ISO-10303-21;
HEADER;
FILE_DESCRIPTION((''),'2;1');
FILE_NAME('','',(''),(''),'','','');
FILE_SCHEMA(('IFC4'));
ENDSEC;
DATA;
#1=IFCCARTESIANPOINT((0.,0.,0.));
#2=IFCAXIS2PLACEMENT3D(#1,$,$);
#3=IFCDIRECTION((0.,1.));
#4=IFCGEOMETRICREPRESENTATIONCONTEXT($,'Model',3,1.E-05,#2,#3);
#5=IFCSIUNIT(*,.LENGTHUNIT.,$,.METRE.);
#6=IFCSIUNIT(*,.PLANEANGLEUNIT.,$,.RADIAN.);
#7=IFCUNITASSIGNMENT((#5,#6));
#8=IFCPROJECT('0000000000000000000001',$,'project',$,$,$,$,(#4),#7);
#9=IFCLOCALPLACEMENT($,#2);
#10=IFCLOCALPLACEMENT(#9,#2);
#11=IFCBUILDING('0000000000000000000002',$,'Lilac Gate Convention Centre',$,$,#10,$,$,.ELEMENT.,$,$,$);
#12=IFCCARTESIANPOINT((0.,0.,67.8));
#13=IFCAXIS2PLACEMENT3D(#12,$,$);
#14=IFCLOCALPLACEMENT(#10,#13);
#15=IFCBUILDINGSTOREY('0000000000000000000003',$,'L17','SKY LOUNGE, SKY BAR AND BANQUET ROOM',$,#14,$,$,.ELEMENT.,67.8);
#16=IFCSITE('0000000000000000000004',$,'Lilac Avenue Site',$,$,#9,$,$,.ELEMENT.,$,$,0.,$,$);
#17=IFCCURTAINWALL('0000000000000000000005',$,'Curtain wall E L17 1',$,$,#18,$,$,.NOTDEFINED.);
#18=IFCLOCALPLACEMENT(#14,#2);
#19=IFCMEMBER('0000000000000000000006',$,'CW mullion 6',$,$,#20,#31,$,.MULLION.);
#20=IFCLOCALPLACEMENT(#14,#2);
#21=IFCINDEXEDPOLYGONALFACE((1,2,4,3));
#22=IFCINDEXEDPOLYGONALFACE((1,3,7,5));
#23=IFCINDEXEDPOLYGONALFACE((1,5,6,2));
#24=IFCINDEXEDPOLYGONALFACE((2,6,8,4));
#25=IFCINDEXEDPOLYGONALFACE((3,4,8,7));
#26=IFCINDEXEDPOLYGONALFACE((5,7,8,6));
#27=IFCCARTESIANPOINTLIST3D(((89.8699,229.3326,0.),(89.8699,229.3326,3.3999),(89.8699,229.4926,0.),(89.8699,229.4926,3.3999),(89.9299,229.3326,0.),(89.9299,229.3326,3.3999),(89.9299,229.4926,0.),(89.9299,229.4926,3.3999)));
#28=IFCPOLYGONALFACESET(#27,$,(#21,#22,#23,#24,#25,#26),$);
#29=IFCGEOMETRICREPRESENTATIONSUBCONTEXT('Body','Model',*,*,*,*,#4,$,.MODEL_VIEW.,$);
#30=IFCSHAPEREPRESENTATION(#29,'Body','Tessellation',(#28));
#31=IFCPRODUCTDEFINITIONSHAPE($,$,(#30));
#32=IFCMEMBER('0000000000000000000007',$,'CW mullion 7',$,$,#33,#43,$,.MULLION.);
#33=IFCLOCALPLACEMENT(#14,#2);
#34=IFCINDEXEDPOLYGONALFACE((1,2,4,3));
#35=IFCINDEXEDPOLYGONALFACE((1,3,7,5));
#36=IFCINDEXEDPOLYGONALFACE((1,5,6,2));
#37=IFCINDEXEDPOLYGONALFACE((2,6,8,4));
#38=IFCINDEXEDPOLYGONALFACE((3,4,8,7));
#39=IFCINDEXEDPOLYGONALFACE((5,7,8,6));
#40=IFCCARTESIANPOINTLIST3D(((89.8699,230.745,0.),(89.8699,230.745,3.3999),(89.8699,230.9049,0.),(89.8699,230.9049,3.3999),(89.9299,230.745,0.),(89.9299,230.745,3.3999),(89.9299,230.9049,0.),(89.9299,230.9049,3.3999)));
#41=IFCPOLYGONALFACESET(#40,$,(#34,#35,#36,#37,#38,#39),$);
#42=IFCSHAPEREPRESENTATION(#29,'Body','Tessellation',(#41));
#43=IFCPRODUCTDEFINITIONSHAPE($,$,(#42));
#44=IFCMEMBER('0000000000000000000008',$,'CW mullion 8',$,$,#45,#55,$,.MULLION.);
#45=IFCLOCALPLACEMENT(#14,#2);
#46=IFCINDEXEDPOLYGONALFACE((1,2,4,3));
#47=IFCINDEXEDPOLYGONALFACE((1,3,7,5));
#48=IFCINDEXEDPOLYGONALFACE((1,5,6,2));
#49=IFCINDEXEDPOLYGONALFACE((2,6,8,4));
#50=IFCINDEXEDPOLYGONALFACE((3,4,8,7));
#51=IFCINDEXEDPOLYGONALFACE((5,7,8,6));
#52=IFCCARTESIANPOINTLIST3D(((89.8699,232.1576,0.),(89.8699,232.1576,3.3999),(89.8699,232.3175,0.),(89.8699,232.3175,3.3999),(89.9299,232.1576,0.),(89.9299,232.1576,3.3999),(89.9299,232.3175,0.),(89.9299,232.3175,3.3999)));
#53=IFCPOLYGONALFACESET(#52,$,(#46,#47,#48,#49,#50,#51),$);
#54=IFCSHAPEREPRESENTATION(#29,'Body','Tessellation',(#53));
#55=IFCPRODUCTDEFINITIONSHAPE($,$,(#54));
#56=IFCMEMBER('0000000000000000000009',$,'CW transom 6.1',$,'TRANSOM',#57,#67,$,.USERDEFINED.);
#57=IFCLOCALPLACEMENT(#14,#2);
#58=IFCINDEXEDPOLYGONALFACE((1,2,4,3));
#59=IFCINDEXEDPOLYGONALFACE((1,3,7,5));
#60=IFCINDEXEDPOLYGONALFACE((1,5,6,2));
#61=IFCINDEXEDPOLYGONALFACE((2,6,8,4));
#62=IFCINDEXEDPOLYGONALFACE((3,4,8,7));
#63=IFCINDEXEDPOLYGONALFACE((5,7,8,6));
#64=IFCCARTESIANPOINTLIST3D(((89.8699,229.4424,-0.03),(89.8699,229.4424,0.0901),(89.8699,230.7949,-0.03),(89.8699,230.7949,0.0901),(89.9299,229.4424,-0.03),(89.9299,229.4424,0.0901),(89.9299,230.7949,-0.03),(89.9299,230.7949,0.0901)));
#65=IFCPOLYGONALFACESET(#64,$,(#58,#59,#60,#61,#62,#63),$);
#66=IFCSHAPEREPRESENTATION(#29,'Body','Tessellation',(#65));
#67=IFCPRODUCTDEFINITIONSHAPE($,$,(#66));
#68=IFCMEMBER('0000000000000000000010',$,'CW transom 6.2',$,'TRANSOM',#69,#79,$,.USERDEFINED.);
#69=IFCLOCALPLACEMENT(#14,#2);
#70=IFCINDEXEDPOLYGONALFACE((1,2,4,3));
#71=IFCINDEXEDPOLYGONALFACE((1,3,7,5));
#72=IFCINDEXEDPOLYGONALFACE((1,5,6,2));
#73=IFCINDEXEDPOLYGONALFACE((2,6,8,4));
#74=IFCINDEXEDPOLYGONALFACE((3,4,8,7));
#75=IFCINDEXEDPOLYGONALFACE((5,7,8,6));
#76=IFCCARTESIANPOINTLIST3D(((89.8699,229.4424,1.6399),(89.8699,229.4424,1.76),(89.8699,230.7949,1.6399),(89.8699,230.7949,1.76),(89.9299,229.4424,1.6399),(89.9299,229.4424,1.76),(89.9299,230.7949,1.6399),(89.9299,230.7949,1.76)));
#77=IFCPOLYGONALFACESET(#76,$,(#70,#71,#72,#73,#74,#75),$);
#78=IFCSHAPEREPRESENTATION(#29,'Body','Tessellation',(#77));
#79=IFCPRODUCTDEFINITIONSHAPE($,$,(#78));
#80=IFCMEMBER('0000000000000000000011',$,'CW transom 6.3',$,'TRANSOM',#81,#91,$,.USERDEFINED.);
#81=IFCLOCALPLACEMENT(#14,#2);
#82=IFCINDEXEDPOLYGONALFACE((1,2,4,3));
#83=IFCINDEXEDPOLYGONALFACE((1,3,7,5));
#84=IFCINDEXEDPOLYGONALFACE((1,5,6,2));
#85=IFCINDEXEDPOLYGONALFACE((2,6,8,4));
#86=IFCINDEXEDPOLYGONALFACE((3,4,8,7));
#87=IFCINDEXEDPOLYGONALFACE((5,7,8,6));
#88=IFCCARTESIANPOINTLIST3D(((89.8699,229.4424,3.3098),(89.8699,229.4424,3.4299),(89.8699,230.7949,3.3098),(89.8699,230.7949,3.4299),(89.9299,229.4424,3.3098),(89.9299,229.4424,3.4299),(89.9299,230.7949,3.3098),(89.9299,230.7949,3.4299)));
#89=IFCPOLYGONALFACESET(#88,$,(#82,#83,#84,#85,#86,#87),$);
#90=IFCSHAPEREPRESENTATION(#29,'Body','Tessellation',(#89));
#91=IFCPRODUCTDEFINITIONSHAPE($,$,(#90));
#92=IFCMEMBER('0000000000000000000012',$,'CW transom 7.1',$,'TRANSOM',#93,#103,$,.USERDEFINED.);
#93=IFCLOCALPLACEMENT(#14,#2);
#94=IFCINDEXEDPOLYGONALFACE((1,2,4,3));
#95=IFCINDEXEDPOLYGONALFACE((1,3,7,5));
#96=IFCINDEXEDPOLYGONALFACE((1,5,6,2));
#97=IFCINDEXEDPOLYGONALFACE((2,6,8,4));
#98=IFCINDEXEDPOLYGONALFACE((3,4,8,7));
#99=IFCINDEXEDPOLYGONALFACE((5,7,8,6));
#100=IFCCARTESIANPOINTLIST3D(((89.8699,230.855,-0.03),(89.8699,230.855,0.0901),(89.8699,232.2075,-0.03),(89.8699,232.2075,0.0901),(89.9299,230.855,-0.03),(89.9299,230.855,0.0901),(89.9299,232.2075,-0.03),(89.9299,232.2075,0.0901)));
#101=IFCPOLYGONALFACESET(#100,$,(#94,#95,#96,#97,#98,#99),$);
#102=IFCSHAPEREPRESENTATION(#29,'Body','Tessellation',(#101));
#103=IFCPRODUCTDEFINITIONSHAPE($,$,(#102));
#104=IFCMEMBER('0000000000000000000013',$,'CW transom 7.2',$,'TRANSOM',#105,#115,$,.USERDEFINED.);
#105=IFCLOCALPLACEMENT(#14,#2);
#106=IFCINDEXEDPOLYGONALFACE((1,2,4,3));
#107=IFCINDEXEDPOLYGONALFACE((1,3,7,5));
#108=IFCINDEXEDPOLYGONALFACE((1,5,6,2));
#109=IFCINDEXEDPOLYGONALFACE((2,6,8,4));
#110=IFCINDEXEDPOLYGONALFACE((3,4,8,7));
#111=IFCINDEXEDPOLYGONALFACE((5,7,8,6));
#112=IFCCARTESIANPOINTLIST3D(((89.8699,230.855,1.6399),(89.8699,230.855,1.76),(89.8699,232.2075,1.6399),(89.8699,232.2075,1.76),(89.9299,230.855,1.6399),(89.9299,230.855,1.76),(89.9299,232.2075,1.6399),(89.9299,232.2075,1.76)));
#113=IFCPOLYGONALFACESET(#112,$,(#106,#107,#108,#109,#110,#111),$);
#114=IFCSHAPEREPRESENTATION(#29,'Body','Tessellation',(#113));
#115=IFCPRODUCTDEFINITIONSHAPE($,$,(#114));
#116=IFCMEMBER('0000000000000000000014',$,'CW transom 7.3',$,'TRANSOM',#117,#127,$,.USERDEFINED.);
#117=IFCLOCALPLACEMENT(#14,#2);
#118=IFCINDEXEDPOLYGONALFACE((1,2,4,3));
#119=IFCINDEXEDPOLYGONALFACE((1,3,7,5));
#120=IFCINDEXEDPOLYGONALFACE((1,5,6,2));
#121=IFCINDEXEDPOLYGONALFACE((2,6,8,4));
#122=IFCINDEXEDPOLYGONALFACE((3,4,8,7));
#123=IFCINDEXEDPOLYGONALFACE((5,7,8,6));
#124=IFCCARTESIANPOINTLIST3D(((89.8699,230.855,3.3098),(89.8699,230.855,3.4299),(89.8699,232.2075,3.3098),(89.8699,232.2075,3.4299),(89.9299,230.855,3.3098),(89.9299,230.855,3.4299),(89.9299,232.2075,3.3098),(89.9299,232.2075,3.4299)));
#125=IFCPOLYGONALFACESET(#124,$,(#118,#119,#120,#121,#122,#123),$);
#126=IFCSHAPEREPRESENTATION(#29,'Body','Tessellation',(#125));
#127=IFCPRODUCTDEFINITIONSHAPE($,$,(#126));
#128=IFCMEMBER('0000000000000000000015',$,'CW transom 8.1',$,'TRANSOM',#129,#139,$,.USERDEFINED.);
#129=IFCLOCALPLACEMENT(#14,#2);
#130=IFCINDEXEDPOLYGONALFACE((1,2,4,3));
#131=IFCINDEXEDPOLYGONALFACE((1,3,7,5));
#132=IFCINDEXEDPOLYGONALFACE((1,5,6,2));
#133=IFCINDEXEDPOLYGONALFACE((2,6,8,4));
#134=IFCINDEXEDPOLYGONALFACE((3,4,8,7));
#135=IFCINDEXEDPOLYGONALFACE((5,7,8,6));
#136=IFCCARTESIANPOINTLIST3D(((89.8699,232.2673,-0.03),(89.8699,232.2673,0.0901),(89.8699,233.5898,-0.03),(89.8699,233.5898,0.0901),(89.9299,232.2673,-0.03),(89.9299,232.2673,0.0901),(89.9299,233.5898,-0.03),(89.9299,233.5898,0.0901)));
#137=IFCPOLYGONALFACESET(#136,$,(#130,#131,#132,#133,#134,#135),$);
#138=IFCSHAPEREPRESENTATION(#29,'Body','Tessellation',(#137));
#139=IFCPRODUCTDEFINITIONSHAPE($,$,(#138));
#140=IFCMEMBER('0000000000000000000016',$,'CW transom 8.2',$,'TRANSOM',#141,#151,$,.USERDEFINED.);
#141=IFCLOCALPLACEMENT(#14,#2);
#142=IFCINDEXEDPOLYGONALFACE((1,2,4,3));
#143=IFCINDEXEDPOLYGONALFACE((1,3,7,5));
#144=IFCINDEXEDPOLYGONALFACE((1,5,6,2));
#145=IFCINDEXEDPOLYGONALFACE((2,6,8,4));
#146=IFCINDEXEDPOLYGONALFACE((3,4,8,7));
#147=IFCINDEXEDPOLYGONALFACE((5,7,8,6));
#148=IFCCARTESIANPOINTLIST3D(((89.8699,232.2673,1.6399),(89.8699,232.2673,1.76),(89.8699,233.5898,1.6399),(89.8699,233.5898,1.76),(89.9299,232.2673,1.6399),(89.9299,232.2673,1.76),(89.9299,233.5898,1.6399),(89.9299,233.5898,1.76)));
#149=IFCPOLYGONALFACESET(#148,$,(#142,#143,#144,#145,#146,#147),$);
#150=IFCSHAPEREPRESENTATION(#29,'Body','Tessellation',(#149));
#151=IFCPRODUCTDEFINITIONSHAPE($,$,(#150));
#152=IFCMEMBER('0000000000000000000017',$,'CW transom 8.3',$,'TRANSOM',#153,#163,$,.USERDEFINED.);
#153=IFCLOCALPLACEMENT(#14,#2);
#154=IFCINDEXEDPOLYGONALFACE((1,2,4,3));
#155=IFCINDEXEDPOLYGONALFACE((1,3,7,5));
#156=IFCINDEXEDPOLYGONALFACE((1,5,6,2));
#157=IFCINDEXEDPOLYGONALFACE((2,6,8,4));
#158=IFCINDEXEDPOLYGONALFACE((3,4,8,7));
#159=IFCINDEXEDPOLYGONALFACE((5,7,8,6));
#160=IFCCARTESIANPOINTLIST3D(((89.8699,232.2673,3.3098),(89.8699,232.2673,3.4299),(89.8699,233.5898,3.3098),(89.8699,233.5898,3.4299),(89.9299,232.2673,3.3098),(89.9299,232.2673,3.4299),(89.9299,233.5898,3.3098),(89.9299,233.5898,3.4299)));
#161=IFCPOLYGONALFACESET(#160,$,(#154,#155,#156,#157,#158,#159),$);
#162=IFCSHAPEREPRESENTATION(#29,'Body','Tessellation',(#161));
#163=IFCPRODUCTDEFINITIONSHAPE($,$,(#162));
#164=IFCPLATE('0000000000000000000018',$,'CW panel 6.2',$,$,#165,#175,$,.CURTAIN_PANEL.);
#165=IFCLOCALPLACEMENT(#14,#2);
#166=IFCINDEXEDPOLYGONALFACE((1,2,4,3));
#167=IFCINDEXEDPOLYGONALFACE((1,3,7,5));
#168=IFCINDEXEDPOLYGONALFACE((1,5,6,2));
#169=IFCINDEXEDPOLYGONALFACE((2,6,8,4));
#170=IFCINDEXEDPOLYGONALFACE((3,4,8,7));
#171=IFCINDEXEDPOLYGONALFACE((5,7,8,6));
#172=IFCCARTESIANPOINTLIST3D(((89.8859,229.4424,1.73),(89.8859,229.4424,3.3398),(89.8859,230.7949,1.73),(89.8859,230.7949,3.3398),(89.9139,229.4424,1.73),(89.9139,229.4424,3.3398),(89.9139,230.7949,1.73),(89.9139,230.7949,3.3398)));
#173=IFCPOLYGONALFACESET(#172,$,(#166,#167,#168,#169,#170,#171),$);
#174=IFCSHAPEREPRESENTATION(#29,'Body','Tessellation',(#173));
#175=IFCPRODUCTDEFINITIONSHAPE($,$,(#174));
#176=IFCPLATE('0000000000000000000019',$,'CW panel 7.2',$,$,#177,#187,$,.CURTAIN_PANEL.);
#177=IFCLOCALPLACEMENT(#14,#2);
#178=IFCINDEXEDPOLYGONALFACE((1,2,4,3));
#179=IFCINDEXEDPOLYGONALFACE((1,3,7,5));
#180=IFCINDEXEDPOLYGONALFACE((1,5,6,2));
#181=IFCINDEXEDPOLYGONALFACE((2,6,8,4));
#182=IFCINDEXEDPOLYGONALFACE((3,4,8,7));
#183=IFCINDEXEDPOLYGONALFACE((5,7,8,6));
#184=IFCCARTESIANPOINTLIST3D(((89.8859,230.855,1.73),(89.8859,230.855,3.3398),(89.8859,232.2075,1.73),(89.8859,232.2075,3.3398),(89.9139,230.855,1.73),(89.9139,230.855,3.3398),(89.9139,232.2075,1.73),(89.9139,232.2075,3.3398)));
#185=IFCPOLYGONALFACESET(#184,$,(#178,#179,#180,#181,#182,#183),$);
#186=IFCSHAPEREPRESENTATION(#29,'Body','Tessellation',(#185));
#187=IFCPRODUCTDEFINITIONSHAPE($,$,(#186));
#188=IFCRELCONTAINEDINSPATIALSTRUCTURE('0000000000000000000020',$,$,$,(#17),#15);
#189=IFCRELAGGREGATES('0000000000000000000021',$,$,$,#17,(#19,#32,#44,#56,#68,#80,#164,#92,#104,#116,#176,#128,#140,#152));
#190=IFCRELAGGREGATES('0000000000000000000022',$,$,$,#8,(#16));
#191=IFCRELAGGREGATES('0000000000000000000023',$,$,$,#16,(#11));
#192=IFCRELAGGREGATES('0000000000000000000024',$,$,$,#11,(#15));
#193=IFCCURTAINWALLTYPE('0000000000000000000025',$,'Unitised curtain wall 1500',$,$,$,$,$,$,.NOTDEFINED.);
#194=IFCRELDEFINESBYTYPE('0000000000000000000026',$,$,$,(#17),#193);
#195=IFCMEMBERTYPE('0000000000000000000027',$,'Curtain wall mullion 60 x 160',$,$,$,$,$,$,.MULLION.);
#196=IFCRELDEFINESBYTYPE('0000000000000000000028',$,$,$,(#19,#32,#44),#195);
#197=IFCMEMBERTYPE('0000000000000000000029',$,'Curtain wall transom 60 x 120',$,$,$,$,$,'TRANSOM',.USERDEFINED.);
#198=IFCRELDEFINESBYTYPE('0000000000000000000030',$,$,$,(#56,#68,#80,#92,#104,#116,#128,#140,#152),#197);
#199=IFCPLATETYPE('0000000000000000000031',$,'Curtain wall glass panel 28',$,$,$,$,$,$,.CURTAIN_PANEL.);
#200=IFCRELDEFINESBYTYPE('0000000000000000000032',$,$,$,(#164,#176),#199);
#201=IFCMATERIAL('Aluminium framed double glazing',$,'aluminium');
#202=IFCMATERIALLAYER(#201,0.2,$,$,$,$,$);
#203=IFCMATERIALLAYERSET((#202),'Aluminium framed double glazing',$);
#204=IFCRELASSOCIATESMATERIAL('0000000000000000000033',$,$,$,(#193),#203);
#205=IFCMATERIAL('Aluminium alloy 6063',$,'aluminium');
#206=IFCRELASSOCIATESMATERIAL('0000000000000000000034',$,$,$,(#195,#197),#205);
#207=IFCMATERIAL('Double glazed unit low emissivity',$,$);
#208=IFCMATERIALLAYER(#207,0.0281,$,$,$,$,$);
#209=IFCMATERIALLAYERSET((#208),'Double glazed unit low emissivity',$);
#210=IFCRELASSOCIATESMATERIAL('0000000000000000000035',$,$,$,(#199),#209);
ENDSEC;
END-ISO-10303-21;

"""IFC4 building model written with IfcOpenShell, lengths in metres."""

from ifc_helpers import new_model, si_unit, direction, frame, origin, origin_2d, place, context, subcontext, project, spatial, rectangle, extrude, material, layer, layer_set, material_profile, profile_set, type_object, element, aggregate, save


model = new_model("IFC4")

# Units and contexts
model_context = context("Model", 3, precision=1e-05, world=origin(), true_north=direction((0.0, 1.0)))
body_context = subcontext(model_context, "Body", "Model", "MODEL_VIEW")
ifc_project = project(units=[si_unit("LENGTHUNIT", "METRE"), si_unit("PLANEANGLEUNIT", "RADIAN")], contexts=[model_context])

# Site, building, storey
site_placement = place(None, origin())
site = spatial("IfcSite", under=ifc_project, at=site_placement, Name="Lilac Avenue Site", CompositionType="ELEMENT", RefElevation=0.0)
building_placement = place(site_placement, origin())
building = spatial("IfcBuilding", under=site, at=building_placement, Name="Lilac Gate Convention Centre", CompositionType="ELEMENT")
storey_placement = place(building_placement, frame((0.0, 0.0, 67.8)))
storey = spatial("IfcBuildingStorey", under=building, at=storey_placement, Name="L17", Description="SKY LOUNGE, SKY BAR AND BANQUET ROOM", CompositionType="ELEMENT", Elevation=67.8)

# Curtain wall, members, plates
ifc_material_1 = material(Name="Aluminium framed double glazing", Category="aluminium")
ifc_layer_1 = layer(ifc_material_1, 0.2)
ifc_layer_set_1 = layer_set([ifc_layer_1], Name="Aluminium framed double glazing")
curtain_wall_type = type_object("IfcCurtainWallType", Name="Unitised curtain wall 1500", PredefinedType="NOTDEFINED", material=ifc_layer_set_1)
curtain_wall_placement = place(storey_placement, origin())
curtain_wall = element("IfcCurtainWall", 1, at=curtain_wall_placement, inside=storey, type_object=curtain_wall_type, Name="Curtain wall E L17 1", PredefinedType="NOTDEFINED")
ifc_material_2 = material(Name="Aluminium alloy 6063", Category="aluminium")
ifc_material_profile_1 = material_profile(ifc_material_2, rectangle(XDim=0.0601, YDim=0.1599, at=origin_2d()), Name="Curtain wall mullion 60 x 160")
ifc_profile_set_1 = profile_set([ifc_material_profile_1], Name="Aluminium alloy 6063")
member_type_1 = type_object("IfcMemberType", Name="Curtain wall mullion 60 x 160", PredefinedType="MULLION", material=ifc_profile_set_1)
member_1_placement = place(storey_placement, frame((89.8999, 229.4126, 0.0), z_axis=(0.0, 0.0, 1.0), x_axis=(-1.0, 0.0, 0.0)))
member_1 = element("IfcMember", 2, at=member_1_placement, type_object=member_type_1, Name="CW mullion 6", PredefinedType="MULLION", context=body_context, shape_type="SweptSolid", body=[
    extrude(rectangle(XDim=0.0601, YDim=0.1599, at=origin_2d()), origin(), (0.0, 0.0, 1.0), 3.3999),
])
member_2_placement = place(storey_placement, frame((89.8999, 230.825, 0.0), z_axis=(0.0, 0.0, 1.0), x_axis=(-1.0, 0.0, 0.0)))
member_2 = element("IfcMember", 3, at=member_2_placement, type_object=member_type_1, Name="CW mullion 7", PredefinedType="MULLION", context=body_context, shape_type="SweptSolid", body=[
    extrude(rectangle(XDim=0.0601, YDim=0.1599, at=origin_2d()), origin(), (0.0, 0.0, 1.0), 3.3999),
])
member_3_placement = place(storey_placement, frame((89.8999, 232.2375, 0.0), z_axis=(0.0, 0.0, 1.0), x_axis=(-1.0, 0.0, 0.0)))
member_3 = element("IfcMember", 4, at=member_3_placement, type_object=member_type_1, Name="CW mullion 8", PredefinedType="MULLION", context=body_context, shape_type="SweptSolid", body=[
    extrude(rectangle(XDim=0.0601, YDim=0.1599, at=origin_2d()), origin(), (0.0, 0.0, 1.0), 3.3999),
])
ifc_material_profile_2 = material_profile(ifc_material_2, rectangle(XDim=0.0601, YDim=0.1201, at=origin_2d()), Name="Curtain wall transom 60 x 120")
ifc_profile_set_2 = profile_set([ifc_material_profile_2], Name="Aluminium alloy 6063")
member_type_2 = type_object("IfcMemberType", Name="Curtain wall transom 60 x 120", ElementType="TRANSOM", PredefinedType="USERDEFINED", material=ifc_profile_set_2)
member_4_placement = place(storey_placement, frame((89.8999, 229.4424, 0.03), z_axis=(0.0, 1.0, 0.0), x_axis=(-1.0, 0.0, 0.0)))
member_4 = element("IfcMember", 5, at=member_4_placement, type_object=member_type_2, Name="CW transom 6.1", ObjectType="TRANSOM", PredefinedType="USERDEFINED", context=body_context, shape_type="SweptSolid", body=[
    extrude(rectangle(XDim=0.0601, YDim=0.1201, at=origin_2d()), origin(), (0.0, 0.0, 1.0), 1.3525),
])
member_5_placement = place(storey_placement, frame((89.8999, 229.4424, 1.7), z_axis=(0.0, 1.0, 0.0), x_axis=(-1.0, 0.0, 0.0)))
member_5 = element("IfcMember", 6, at=member_5_placement, type_object=member_type_2, Name="CW transom 6.2", ObjectType="TRANSOM", PredefinedType="USERDEFINED", context=body_context, shape_type="SweptSolid", body=[
    extrude(rectangle(XDim=0.0601, YDim=0.1201, at=origin_2d()), origin(), (0.0, 0.0, 1.0), 1.3525),
])
member_6_placement = place(storey_placement, frame((89.8999, 229.4424, 3.3699), z_axis=(0.0, 1.0, 0.0), x_axis=(-1.0, 0.0, 0.0)))
member_6 = element("IfcMember", 7, at=member_6_placement, type_object=member_type_2, Name="CW transom 6.3", ObjectType="TRANSOM", PredefinedType="USERDEFINED", context=body_context, shape_type="SweptSolid", body=[
    extrude(rectangle(XDim=0.0601, YDim=0.1201, at=origin_2d()), origin(), (0.0, 0.0, 1.0), 1.3525),
])
member_7_placement = place(storey_placement, frame((89.8999, 230.855, 0.03), z_axis=(0.0, 1.0, 0.0), x_axis=(-1.0, 0.0, 0.0)))
member_7 = element("IfcMember", 8, at=member_7_placement, type_object=member_type_2, Name="CW transom 7.1", ObjectType="TRANSOM", PredefinedType="USERDEFINED", context=body_context, shape_type="SweptSolid", body=[
    extrude(rectangle(XDim=0.0601, YDim=0.1201, at=origin_2d()), origin(), (0.0, 0.0, 1.0), 1.3525),
])
member_8_placement = place(storey_placement, frame((89.8999, 230.855, 1.7), z_axis=(0.0, 1.0, 0.0), x_axis=(-1.0, 0.0, 0.0)))
member_8 = element("IfcMember", 9, at=member_8_placement, type_object=member_type_2, Name="CW transom 7.2", ObjectType="TRANSOM", PredefinedType="USERDEFINED", context=body_context, shape_type="SweptSolid", body=[
    extrude(rectangle(XDim=0.0601, YDim=0.1201, at=origin_2d()), origin(), (0.0, 0.0, 1.0), 1.3525),
])
member_9_placement = place(storey_placement, frame((89.8999, 230.855, 3.3699), z_axis=(0.0, 1.0, 0.0), x_axis=(-1.0, 0.0, 0.0)))
member_9 = element("IfcMember", 10, at=member_9_placement, type_object=member_type_2, Name="CW transom 7.3", ObjectType="TRANSOM", PredefinedType="USERDEFINED", context=body_context, shape_type="SweptSolid", body=[
    extrude(rectangle(XDim=0.0601, YDim=0.1201, at=origin_2d()), origin(), (0.0, 0.0, 1.0), 1.3525),
])
member_10_placement = place(storey_placement, frame((89.8999, 232.2673, 0.03), z_axis=(0.0, 1.0, 0.0), x_axis=(-1.0, 0.0, 0.0)))
member_10 = element("IfcMember", 11, at=member_10_placement, type_object=member_type_2, Name="CW transom 8.1", ObjectType="TRANSOM", PredefinedType="USERDEFINED", context=body_context, shape_type="SweptSolid", body=[
    extrude(rectangle(XDim=0.0601, YDim=0.1201, at=origin_2d()), origin(), (0.0, 0.0, 1.0), 1.3225),
])
member_11_placement = place(storey_placement, frame((89.8999, 232.2673, 1.7), z_axis=(0.0, 1.0, 0.0), x_axis=(-1.0, 0.0, 0.0)))
member_11 = element("IfcMember", 12, at=member_11_placement, type_object=member_type_2, Name="CW transom 8.2", ObjectType="TRANSOM", PredefinedType="USERDEFINED", context=body_context, shape_type="SweptSolid", body=[
    extrude(rectangle(XDim=0.0601, YDim=0.1201, at=origin_2d()), origin(), (0.0, 0.0, 1.0), 1.3225),
])
member_12_placement = place(storey_placement, frame((89.8999, 232.2673, 3.3699), z_axis=(0.0, 1.0, 0.0), x_axis=(-1.0, 0.0, 0.0)))
member_12 = element("IfcMember", 13, at=member_12_placement, type_object=member_type_2, Name="CW transom 8.3", ObjectType="TRANSOM", PredefinedType="USERDEFINED", context=body_context, shape_type="SweptSolid", body=[
    extrude(rectangle(XDim=0.0601, YDim=0.1201, at=origin_2d()), origin(), (0.0, 0.0, 1.0), 1.3225),
])
ifc_material_3 = material(Name="Double glazed unit low emissivity")
ifc_layer_2 = layer(ifc_material_3, 0.0281)
ifc_layer_set_2 = layer_set([ifc_layer_2], Name="Double glazed unit low emissivity")
plate_type_1 = type_object("IfcPlateType", Name="Curtain wall glass panel 28", PredefinedType="CURTAIN_PANEL", material=ifc_layer_set_2)
plate_1_placement = place(storey_placement, frame((89.8999, 230.1187, 1.73), z_axis=(0.0, 0.0, 1.0), x_axis=(0.0, 1.0, 0.0)))
plate_1 = element("IfcPlate", 14, at=plate_1_placement, type_object=plate_type_1, Name="CW panel 6.2", PredefinedType="CURTAIN_PANEL", context=body_context, shape_type="SweptSolid", body=[
    extrude(rectangle(XDim=1.3525, YDim=0.0281, at=origin_2d()), origin(), (0.0, 0.0, 1.0), 1.6099),
])
plate_2_placement = place(storey_placement, frame((89.8999, 231.5312, 1.73), z_axis=(0.0, 0.0, 1.0), x_axis=(0.0, 1.0, 0.0)))
plate_2 = element("IfcPlate", 15, at=plate_2_placement, type_object=plate_type_1, Name="CW panel 7.2", PredefinedType="CURTAIN_PANEL", context=body_context, shape_type="SweptSolid", body=[
    extrude(rectangle(XDim=1.3525, YDim=0.0281, at=origin_2d()), origin(), (0.0, 0.0, 1.0), 1.6099),
])
aggregate(curtain_wall, [member_1, member_2, member_3, member_4, member_5, member_6, plate_1, member_7, member_8, member_9, plate_2, member_10, member_11, member_12])

save(model, "model.ifc")
